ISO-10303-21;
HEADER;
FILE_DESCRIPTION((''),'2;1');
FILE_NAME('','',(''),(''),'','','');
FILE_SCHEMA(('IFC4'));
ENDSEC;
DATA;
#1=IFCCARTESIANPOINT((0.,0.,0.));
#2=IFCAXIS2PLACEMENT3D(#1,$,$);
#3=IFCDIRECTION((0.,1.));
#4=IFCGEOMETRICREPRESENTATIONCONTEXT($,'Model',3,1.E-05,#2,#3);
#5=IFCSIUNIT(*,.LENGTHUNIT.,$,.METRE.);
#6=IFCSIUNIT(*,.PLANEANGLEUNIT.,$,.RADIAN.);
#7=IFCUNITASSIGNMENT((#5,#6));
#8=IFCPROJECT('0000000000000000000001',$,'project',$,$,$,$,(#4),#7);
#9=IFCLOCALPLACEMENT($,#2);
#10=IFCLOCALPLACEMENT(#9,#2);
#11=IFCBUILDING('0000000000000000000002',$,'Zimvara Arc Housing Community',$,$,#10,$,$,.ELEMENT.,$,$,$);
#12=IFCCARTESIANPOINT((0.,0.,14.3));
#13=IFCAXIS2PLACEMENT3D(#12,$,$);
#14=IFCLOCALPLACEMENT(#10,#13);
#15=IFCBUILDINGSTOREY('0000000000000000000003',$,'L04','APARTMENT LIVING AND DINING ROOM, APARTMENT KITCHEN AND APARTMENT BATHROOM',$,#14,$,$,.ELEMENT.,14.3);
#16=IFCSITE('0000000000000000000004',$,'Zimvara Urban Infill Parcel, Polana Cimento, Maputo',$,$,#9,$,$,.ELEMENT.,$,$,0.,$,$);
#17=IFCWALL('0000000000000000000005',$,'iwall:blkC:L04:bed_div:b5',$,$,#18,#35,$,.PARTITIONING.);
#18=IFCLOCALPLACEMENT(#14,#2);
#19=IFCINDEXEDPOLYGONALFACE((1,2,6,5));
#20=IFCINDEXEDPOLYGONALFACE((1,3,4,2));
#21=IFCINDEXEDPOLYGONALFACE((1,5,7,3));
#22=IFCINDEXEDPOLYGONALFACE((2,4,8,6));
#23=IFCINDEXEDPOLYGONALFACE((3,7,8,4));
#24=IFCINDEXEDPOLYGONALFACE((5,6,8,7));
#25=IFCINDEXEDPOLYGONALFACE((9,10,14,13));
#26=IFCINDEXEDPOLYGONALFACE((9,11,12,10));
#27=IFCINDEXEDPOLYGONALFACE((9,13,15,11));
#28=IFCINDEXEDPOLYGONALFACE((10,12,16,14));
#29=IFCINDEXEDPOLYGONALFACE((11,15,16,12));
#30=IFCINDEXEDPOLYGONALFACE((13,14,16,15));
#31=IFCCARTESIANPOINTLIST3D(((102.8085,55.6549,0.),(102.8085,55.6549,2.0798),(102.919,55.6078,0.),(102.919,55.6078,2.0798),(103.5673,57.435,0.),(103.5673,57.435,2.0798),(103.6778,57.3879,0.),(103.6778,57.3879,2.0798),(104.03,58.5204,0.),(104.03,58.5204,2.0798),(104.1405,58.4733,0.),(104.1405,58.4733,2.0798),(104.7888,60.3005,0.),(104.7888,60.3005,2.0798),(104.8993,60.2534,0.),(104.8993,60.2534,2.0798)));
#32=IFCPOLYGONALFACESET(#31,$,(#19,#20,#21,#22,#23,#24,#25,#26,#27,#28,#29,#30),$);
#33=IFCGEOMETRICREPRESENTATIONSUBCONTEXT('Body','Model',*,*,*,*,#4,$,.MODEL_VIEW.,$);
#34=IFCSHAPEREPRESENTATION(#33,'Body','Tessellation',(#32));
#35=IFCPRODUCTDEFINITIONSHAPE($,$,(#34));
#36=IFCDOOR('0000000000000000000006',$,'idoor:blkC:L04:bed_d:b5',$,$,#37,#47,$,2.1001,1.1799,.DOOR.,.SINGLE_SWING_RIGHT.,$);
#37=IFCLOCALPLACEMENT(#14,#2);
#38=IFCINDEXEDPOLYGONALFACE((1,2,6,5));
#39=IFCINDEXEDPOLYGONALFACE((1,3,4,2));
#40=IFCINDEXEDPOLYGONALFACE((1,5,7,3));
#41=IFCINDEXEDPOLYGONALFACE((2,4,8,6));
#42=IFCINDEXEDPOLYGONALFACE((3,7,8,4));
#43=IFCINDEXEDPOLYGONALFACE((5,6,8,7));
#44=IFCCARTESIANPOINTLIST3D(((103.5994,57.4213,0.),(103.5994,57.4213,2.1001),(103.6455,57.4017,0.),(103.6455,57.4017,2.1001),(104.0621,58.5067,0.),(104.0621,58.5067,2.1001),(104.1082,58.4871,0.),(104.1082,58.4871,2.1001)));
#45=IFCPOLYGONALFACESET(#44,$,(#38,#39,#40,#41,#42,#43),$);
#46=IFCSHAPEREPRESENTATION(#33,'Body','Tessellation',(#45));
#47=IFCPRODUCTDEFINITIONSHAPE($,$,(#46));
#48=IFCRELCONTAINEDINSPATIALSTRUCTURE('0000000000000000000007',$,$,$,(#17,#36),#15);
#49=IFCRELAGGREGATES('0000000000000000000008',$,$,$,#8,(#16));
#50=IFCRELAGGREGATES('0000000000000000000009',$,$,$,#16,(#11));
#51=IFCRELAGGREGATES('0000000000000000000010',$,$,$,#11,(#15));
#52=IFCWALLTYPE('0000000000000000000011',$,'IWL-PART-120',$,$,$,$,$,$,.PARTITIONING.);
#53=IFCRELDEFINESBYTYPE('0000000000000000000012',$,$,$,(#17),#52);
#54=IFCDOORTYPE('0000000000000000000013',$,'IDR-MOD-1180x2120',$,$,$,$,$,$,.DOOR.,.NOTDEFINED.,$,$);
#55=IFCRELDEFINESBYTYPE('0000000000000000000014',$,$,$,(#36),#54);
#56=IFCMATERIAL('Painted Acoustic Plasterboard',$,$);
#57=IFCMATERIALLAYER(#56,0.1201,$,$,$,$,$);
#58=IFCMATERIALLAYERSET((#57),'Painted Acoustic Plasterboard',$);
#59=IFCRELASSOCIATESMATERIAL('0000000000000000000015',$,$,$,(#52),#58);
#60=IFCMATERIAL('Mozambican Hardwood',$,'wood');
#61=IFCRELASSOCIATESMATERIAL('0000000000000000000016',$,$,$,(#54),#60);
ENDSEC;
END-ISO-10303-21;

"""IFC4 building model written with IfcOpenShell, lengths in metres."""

from ifc_helpers import new_model, si_unit, direction, frame, frame_2d, origin, place, context, subcontext, project, spatial, rectangle, extrude, material, layer, layer_set, type_object, element, fill, save


model = new_model("IFC4")

# Units and contexts
model_context = context("Model", 3, precision=1e-05, world=origin(), true_north=direction((0.0, 1.0)))
body_context = subcontext(model_context, "Body", "Model", "MODEL_VIEW")
ifc_project = project(units=[si_unit("LENGTHUNIT", "METRE"), si_unit("PLANEANGLEUNIT", "RADIAN")], contexts=[model_context])

# Site, building, storey
site_placement = place(None, origin())
site = spatial("IfcSite", under=ifc_project, at=site_placement, Name="Zimvara Urban Infill Parcel, Polana Cimento, Maputo", CompositionType="ELEMENT", RefElevation=0.0)
building_placement = place(site_placement, origin())
building = spatial("IfcBuilding", under=site, at=building_placement, Name="Zimvara Arc Housing Community", CompositionType="ELEMENT")
storey_placement = place(building_placement, frame((0.0, 0.0, 14.3)))
storey = spatial("IfcBuildingStorey", under=building, at=storey_placement, Name="L04", Description="APARTMENT LIVING AND DINING ROOM, APARTMENT KITCHEN AND APARTMENT BATHROOM", CompositionType="ELEMENT", Elevation=14.3)

# Wall, opening, door
ifc_material_1 = material(Name="Painted Acoustic Plasterboard")
ifc_layer_1 = layer(ifc_material_1, 0.1201)
ifc_layer_set_1 = layer_set([ifc_layer_1], Name="Painted Acoustic Plasterboard")
wall_type_1 = type_object("IfcWallType", Name="IWL-PART-120", PredefinedType="PARTITIONING", material=ifc_layer_set_1)
wall_1_placement = place(storey_placement, frame((104.844, 60.2769, 0.0), z_axis=(0.0, 0.0, 1.0), x_axis=(-0.392127, -0.919911, 0.0)))
wall_1 = element("IfcWall", 1, at=wall_1_placement, inside=storey, type_object=wall_type_1, Name="iwall:blkC:L04:bed_div:b5", PredefinedType="PARTITIONING", context=body_context, shape_type="SweptSolid", body=[
    extrude(rectangle(XDim=5.05, YDim=0.1201, at=frame_2d((2.5249, 0.0))), origin(), (0.0, 0.0, 1.0), 2.0798),
])
opening_placement = place(wall_1_placement, frame((1.9351, 0.0, 0.0)))
opening = element("IfcOpeningElement", 2, at=opening_placement, cuts=wall_1, PredefinedType="OPENING", context=body_context, shape_type="SweptSolid", body=[
    extrude(rectangle(XDim=1.1799, YDim=2.1001, at=frame_2d((0.5898, 1.05))), frame((0.0, 0.0701, 0.0), z_axis=(0.0, -1.0, 0.0), x_axis=(1.0, 0.0, 0.0)), (0.0, 0.0, 1.0), 0.1401),
])
ifc_material_2 = material(Name="Mozambican Hardwood", Category="wood")
door_type = type_object("IfcDoorType", Name="IDR-MOD-1180x2120", OperationType="NOTDEFINED", PredefinedType="DOOR", material=ifc_material_2)
door_placement = place(opening_placement, origin())
door = element("IfcDoor", 3, at=door_placement, inside=storey, type_object=door_type, Name="idoor:blkC:L04:bed_d:b5", OperationType="SINGLE_SWING_RIGHT", OverallHeight=2.1001, OverallWidth=1.1799, PredefinedType="DOOR", context=body_context, shape_type="SweptSolid", body=[
    extrude(rectangle(XDim=1.1799, YDim=2.1001, at=frame_2d((0.5898, 1.05))), frame((0.0, 0.0249, 0.0), z_axis=(0.0, -1.0, 0.0), x_axis=(1.0, 0.0, 0.0)), (0.0, 0.0, 1.0), 0.05),
])
fill(opening, door)

save(model, "model.ifc")
